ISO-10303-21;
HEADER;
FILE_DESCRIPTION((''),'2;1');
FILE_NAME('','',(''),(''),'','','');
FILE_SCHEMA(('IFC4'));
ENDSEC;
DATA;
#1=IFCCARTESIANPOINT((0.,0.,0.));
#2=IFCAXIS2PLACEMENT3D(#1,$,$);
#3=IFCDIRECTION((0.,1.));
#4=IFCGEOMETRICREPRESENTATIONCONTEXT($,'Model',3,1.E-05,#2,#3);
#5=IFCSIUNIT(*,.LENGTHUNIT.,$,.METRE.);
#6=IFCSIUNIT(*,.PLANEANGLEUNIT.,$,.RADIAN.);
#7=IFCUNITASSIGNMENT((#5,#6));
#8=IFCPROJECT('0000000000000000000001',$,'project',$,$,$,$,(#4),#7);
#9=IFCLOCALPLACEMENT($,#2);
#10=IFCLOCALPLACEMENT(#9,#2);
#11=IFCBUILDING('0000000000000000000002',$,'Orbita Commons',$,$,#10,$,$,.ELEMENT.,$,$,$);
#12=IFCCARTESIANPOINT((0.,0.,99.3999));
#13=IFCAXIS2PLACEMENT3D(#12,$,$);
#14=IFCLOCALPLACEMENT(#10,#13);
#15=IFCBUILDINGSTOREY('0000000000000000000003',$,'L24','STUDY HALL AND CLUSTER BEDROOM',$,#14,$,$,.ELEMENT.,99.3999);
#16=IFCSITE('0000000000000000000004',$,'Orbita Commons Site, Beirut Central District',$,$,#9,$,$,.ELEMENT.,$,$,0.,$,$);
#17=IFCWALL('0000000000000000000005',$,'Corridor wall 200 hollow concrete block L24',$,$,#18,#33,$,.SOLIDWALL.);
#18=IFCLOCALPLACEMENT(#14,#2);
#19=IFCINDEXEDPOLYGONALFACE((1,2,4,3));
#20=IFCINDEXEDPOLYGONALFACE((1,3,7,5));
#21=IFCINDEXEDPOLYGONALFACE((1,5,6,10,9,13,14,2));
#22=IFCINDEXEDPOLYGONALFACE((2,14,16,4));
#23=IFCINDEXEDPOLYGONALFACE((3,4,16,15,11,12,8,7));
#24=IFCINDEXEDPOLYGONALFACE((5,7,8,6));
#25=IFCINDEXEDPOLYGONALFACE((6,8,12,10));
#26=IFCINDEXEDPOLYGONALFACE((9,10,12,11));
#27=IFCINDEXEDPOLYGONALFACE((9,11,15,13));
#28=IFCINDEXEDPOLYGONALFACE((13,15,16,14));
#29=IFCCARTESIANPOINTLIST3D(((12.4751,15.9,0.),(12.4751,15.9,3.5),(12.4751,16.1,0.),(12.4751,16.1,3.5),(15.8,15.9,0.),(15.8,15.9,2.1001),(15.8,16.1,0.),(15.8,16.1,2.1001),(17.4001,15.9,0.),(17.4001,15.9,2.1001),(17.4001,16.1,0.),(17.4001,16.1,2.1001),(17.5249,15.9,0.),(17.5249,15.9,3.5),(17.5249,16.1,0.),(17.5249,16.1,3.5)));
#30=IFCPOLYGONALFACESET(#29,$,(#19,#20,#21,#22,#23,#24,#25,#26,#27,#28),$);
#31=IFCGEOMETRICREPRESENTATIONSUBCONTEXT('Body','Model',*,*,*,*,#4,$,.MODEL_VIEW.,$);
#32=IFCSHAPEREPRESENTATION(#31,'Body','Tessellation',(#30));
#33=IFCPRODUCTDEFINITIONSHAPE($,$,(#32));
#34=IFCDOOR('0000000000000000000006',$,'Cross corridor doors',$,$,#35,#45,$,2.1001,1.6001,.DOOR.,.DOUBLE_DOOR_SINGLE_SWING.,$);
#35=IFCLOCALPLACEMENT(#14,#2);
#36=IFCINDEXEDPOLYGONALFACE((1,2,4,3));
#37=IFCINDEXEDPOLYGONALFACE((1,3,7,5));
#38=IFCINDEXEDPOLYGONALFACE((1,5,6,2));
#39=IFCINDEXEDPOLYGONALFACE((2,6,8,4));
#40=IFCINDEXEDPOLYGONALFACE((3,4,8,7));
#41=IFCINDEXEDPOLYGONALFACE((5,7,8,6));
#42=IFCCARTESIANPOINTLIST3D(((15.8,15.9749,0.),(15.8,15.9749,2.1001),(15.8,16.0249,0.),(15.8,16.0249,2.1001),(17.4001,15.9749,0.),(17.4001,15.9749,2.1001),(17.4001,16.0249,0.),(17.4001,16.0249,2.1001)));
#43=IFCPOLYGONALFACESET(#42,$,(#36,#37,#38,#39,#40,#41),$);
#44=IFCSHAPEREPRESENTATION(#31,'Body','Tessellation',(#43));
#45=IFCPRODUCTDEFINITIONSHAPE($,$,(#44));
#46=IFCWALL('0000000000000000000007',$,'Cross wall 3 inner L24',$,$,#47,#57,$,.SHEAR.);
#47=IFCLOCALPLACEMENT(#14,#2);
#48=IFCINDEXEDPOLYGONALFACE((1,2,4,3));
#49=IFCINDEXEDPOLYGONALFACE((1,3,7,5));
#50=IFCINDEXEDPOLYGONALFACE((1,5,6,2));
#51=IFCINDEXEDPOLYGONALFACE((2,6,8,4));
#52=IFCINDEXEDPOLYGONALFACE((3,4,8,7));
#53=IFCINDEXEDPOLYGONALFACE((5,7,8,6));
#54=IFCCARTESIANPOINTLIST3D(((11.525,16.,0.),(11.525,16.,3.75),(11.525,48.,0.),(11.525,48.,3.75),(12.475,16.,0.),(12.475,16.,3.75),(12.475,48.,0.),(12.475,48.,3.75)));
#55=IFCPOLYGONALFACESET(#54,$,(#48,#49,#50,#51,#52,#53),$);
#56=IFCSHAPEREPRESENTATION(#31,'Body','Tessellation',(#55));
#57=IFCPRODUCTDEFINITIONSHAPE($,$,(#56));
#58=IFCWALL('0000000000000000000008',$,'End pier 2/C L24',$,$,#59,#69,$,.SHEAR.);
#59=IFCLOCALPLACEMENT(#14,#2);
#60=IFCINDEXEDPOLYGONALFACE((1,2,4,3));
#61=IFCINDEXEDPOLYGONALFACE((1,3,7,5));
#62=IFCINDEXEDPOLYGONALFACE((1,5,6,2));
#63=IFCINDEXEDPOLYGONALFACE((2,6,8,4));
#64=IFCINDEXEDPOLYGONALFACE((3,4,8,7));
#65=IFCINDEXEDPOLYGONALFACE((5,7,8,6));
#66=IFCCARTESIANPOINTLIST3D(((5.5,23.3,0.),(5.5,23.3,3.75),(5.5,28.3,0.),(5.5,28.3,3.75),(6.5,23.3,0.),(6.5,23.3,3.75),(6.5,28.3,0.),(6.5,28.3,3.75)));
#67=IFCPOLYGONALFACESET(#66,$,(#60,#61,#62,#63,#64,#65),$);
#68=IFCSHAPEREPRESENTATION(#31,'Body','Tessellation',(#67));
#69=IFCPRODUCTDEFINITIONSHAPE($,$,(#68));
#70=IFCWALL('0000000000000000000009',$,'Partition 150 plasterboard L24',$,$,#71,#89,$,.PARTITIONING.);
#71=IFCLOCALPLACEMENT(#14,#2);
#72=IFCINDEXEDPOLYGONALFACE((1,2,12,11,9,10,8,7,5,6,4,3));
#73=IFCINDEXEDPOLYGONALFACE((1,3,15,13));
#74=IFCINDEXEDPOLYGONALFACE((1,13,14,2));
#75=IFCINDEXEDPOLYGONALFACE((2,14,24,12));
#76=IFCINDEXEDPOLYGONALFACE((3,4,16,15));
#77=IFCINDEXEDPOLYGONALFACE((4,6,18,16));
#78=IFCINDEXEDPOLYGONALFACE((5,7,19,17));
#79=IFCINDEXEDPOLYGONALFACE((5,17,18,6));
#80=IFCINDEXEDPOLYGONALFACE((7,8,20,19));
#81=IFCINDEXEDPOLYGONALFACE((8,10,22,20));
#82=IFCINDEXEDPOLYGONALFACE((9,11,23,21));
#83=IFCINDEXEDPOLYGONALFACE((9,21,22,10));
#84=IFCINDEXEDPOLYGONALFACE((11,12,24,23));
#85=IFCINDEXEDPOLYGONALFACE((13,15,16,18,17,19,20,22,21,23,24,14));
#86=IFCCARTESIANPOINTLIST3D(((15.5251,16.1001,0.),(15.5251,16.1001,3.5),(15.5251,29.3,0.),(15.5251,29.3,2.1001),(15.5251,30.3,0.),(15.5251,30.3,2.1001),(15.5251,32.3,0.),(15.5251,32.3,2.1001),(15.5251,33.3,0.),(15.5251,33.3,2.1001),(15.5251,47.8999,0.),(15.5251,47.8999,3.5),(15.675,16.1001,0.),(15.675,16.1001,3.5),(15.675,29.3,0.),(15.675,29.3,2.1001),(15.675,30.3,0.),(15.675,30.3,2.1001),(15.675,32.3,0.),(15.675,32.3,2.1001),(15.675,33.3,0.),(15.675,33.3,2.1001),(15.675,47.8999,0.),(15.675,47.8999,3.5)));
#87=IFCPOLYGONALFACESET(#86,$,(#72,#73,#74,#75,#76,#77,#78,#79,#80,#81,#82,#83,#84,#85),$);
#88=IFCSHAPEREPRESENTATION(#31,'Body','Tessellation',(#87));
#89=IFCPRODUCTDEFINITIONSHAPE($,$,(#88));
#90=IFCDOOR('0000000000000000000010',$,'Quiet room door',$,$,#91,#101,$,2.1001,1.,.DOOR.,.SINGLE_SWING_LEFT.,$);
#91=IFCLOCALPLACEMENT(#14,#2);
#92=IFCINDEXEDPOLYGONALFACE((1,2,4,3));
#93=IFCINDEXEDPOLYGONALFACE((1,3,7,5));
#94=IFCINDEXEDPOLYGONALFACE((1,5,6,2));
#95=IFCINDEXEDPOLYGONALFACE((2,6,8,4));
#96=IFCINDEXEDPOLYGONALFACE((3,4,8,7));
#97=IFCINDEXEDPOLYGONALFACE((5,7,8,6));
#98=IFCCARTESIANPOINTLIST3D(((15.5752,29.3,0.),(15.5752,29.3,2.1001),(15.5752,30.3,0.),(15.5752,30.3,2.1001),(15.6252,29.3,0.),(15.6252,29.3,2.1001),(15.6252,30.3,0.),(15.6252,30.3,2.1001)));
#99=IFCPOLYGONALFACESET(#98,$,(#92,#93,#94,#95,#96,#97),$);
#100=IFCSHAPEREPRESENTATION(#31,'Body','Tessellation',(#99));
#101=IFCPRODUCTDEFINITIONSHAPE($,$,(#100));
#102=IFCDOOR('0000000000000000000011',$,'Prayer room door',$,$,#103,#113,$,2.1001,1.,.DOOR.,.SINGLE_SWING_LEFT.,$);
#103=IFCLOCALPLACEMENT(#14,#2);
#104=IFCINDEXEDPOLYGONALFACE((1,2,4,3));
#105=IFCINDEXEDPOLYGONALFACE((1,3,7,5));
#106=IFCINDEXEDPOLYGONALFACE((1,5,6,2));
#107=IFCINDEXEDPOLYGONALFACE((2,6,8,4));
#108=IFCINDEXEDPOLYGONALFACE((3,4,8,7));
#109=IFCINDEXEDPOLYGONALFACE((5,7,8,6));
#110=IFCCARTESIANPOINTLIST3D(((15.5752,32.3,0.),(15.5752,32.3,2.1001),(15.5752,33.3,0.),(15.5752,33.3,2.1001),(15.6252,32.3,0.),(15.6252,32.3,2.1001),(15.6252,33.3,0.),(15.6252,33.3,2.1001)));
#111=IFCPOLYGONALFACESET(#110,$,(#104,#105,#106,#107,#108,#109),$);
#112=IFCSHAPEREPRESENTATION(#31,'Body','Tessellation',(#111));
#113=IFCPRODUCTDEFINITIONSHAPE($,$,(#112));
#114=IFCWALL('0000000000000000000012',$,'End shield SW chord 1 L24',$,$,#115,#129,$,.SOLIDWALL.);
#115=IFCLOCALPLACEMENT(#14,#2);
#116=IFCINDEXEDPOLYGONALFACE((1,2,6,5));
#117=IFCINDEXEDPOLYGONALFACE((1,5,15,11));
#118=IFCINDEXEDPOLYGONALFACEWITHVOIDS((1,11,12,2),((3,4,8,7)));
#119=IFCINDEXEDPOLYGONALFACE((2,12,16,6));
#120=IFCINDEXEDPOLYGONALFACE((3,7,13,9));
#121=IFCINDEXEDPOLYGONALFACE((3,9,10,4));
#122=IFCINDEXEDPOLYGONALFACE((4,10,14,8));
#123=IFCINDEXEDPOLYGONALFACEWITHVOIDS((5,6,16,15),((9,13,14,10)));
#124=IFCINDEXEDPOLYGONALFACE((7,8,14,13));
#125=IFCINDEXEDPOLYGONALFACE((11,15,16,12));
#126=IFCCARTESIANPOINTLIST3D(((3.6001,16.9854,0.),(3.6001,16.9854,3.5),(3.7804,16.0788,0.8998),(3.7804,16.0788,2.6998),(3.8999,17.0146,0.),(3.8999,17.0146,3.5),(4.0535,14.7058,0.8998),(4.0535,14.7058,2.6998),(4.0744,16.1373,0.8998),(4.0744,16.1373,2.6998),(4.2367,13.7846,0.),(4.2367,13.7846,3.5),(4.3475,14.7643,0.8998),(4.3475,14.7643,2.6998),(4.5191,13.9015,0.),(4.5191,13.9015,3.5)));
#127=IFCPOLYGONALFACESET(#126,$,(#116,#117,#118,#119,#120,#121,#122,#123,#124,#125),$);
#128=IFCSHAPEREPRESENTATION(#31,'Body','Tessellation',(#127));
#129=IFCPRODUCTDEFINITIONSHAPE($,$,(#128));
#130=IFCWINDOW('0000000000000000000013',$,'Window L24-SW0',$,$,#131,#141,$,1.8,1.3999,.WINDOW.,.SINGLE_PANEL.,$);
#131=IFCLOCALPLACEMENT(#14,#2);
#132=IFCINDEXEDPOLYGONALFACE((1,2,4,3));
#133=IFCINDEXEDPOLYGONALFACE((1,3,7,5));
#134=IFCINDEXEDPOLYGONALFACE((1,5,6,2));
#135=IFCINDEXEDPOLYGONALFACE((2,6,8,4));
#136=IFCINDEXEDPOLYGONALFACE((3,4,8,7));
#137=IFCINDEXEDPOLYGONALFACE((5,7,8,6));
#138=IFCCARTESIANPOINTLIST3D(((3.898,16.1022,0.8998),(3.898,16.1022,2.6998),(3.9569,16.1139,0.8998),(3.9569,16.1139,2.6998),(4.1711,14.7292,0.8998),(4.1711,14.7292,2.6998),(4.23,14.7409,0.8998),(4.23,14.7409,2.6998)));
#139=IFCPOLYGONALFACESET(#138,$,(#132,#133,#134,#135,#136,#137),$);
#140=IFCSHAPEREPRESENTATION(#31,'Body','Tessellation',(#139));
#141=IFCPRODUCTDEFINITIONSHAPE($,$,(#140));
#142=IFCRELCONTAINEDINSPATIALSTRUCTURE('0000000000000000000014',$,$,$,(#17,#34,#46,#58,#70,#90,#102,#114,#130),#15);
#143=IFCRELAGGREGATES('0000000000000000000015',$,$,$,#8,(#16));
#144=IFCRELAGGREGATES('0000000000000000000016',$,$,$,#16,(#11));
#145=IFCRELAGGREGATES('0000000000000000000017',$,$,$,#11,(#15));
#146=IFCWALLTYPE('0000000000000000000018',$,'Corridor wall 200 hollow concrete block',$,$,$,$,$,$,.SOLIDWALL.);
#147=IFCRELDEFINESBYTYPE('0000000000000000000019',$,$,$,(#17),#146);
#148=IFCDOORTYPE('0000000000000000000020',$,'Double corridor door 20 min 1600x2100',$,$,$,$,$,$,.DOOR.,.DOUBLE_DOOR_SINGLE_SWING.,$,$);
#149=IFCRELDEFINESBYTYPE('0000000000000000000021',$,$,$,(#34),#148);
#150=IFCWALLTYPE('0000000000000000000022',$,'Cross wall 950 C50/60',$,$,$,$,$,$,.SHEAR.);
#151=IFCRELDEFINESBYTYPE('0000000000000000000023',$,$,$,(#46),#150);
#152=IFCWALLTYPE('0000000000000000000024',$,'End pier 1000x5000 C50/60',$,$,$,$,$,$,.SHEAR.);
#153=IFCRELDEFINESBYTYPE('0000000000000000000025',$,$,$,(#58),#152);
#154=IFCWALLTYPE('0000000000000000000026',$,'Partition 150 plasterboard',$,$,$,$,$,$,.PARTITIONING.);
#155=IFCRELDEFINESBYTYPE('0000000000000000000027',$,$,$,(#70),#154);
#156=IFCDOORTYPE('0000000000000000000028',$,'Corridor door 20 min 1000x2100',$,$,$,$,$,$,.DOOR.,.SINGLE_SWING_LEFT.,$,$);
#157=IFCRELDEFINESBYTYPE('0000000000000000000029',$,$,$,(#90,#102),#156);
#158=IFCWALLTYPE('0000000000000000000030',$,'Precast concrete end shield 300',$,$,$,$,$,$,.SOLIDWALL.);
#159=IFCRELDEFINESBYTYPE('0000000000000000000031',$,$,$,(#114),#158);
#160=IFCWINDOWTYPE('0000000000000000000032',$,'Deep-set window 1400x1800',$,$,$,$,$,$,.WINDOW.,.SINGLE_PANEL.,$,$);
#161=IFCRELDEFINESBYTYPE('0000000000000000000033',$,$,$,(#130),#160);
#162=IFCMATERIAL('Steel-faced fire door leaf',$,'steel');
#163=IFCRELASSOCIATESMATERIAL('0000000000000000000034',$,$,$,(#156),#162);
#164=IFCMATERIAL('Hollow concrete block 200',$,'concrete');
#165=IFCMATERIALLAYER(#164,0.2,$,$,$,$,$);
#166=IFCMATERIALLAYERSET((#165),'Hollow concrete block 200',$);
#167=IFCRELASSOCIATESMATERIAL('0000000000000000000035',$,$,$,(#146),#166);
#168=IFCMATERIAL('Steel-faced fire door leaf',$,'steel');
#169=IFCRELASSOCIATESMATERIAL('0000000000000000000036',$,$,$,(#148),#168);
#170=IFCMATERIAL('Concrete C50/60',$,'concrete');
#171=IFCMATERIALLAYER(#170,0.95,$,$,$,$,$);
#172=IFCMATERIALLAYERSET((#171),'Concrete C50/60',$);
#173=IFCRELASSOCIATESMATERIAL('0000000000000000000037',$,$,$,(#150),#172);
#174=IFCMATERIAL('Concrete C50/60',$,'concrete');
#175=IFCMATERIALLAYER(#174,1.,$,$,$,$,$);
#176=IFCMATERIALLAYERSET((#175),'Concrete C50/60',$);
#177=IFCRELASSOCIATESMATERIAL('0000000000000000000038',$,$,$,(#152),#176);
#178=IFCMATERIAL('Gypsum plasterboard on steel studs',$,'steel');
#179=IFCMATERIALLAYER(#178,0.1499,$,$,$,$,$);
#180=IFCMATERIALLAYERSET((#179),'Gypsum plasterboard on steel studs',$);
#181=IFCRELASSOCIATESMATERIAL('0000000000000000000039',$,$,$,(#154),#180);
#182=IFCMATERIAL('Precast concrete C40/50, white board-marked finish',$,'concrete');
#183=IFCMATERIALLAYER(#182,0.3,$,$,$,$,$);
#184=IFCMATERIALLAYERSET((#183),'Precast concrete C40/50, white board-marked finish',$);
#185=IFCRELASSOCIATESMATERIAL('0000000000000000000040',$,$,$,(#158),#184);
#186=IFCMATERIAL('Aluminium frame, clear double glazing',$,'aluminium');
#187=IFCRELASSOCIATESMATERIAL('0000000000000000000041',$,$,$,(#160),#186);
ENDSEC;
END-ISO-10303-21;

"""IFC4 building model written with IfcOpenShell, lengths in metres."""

from ifc_helpers import new_model, si_unit, direction, frame, frame_2d, origin, place, context, subcontext, project, spatial, polyline, rectangle, outline, extrude, material, layer, layer_set, type_object, element, fill, save


model = new_model("IFC4")

# Units and contexts
model_context = context("Model", 3, precision=1e-05, world=origin(), true_north=direction((0.0, 1.0)))
body_context = subcontext(model_context, "Body", "Model", "MODEL_VIEW")
ifc_project = project(units=[si_unit("LENGTHUNIT", "METRE"), si_unit("PLANEANGLEUNIT", "RADIAN")], contexts=[model_context])

# Site, building, storey
site_placement = place(None, origin())
site = spatial("IfcSite", under=ifc_project, at=site_placement, Name="Orbita Commons Site, Beirut Central District", CompositionType="ELEMENT", RefElevation=0.0)
building_placement = place(site_placement, origin())
building = spatial("IfcBuilding", under=site, at=building_placement, Name="Orbita Commons", CompositionType="ELEMENT")
storey_placement = place(building_placement, frame((0.0, 0.0, 99.3999)))
storey = spatial("IfcBuildingStorey", under=building, at=storey_placement, Name="L24", Description="STUDY HALL AND CLUSTER BEDROOM", CompositionType="ELEMENT", Elevation=99.3999)

# Wall, opening, door
ifc_material_1 = material(Name="Steel-faced fire door leaf", Category="steel")
door_type_1 = type_object("IfcDoorType", Name="Corridor door 20 min 1000x2100", OperationType="SINGLE_SWING_LEFT", PredefinedType="DOOR", material=ifc_material_1)
ifc_material_2 = material(Name="Hollow concrete block 200", Category="concrete")
ifc_layer_1 = layer(ifc_material_2, 0.2)
ifc_layer_set_1 = layer_set([ifc_layer_1], Name="Hollow concrete block 200")
wall_type_1 = type_object("IfcWallType", Name="Corridor wall 200 hollow concrete block", PredefinedType="SOLIDWALL", material=ifc_layer_set_1)
wall_1_placement = place(storey_placement, frame((12.4751, 16.0, 0.0), z_axis=(0.0, 0.0, 1.0), x_axis=(1.0, 0.0, 0.0)))
wall_1 = element("IfcWall", 1, at=wall_1_placement, inside=storey, type_object=wall_type_1, Name="Corridor wall 200 hollow concrete block L24", PredefinedType="SOLIDWALL", context=body_context, shape_type="SweptSolid", body=[
    extrude(rectangle(XDim=5.0498, YDim=0.2, at=frame_2d((2.5249, 0.0))), origin(), (0.0, 0.0, 1.0), 3.5),
])
opening_1_placement = place(wall_1_placement, frame((3.325, 0.0, 0.0)))
opening_1 = element("IfcOpeningElement", 2, at=opening_1_placement, cuts=wall_1, PredefinedType="OPENING", context=body_context, shape_type="SweptSolid", body=[
    extrude(rectangle(XDim=1.6001, YDim=2.1001, at=frame_2d((0.8, 1.05))), frame((0.0, 0.1099, 0.0), z_axis=(0.0, -1.0, 0.0), x_axis=(1.0, 0.0, 0.0)), (0.0, 0.0, 1.0), 0.22),
])
ifc_material_3 = material(Name="Steel-faced fire door leaf", Category="steel")
door_type_2 = type_object("IfcDoorType", Name="Double corridor door 20 min 1600x2100", OperationType="DOUBLE_DOOR_SINGLE_SWING", PredefinedType="DOOR", material=ifc_material_3)
door_1_placement = place(opening_1_placement, origin())
door_1 = element("IfcDoor", 3, at=door_1_placement, inside=storey, type_object=door_type_2, Name="Cross corridor doors", OperationType="DOUBLE_DOOR_SINGLE_SWING", OverallHeight=2.1001, OverallWidth=1.6001, PredefinedType="DOOR", context=body_context, shape_type="SweptSolid", body=[
    extrude(rectangle(XDim=1.6001, YDim=2.1001, at=frame_2d((0.8, 1.05))), frame((0.0, 0.0249, 0.0), z_axis=(0.0, -1.0, 0.0), x_axis=(1.0, 0.0, 0.0)), (0.0, 0.0, 1.0), 0.05),
])
fill(opening_1, door_1)

# Walls
ifc_material_4 = material(Name="Concrete C50/60", Category="concrete")
ifc_layer_2 = layer(ifc_material_4, 0.95)
ifc_layer_set_2 = layer_set([ifc_layer_2], Name="Concrete C50/60")
wall_type_2 = type_object("IfcWallType", Name="Cross wall 950 C50/60", PredefinedType="SHEAR", material=ifc_layer_set_2)
wall_2_placement = place(storey_placement, frame((12.0, 16.0, 0.0), z_axis=(0.0, 0.0, 1.0), x_axis=(0.0, 1.0, 0.0)))
element("IfcWall", 4, at=wall_2_placement, inside=storey, type_object=wall_type_2, Name="Cross wall 3 inner L24", PredefinedType="SHEAR", context=body_context, shape_type="SweptSolid", body=[
    extrude(rectangle(XDim=32.0, YDim=0.95, at=frame_2d((16.0, 0.0))), origin(), (0.0, 0.0, 1.0), 3.75),
])
ifc_material_5 = material(Name="Concrete C50/60", Category="concrete")
ifc_layer_3 = layer(ifc_material_5, 1.0)
ifc_layer_set_3 = layer_set([ifc_layer_3], Name="Concrete C50/60")
wall_type_3 = type_object("IfcWallType", Name="End pier 1000x5000 C50/60", PredefinedType="SHEAR", material=ifc_layer_set_3)
wall_3_placement = place(storey_placement, frame((6.0, 23.3, 0.0), z_axis=(0.0, 0.0, 1.0), x_axis=(0.0, 1.0, 0.0)))
element("IfcWall", 5, at=wall_3_placement, inside=storey, type_object=wall_type_3, Name="End pier 2/C L24", PredefinedType="SHEAR", context=body_context, shape_type="SweptSolid", body=[
    extrude(rectangle(XDim=5.0, YDim=1.0, at=frame_2d((2.5, 0.0))), origin(), (0.0, 0.0, 1.0), 3.75),
])

# Wall, openings, doors
ifc_material_6 = material(Name="Gypsum plasterboard on steel studs", Category="steel")
ifc_layer_4 = layer(ifc_material_6, 0.1499)
ifc_layer_set_4 = layer_set([ifc_layer_4], Name="Gypsum plasterboard on steel studs")
wall_type_4 = type_object("IfcWallType", Name="Partition 150 plasterboard", PredefinedType="PARTITIONING", material=ifc_layer_set_4)
wall_4_placement = place(storey_placement, frame((15.6001, 16.1001, 0.0), z_axis=(0.0, 0.0, 1.0), x_axis=(0.0, 1.0, 0.0)))
wall_4 = element("IfcWall", 6, at=wall_4_placement, inside=storey, type_object=wall_type_4, Name="Partition 150 plasterboard L24", PredefinedType="PARTITIONING", context=body_context, shape_type="SweptSolid", body=[
    extrude(rectangle(XDim=31.7998, YDim=0.1499, at=frame_2d((15.8999, 0.0))), origin(), (0.0, 0.0, 1.0), 3.5),
])
opening_2_placement = place(wall_4_placement, frame((13.2, 0.0, 0.0)))
opening_2 = element("IfcOpeningElement", 7, at=opening_2_placement, cuts=wall_4, PredefinedType="OPENING", context=body_context, shape_type="SweptSolid", body=[
    extrude(rectangle(XDim=1.0, YDim=2.1001, at=frame_2d((0.5, 1.05))), frame((0.0, 0.085, 0.0), z_axis=(0.0, -1.0, 0.0), x_axis=(1.0, 0.0, 0.0)), (0.0, 0.0, 1.0), 0.1699),
])
opening_3_placement = place(wall_4_placement, frame((16.2, 0.0, 0.0)))
opening_3 = element("IfcOpeningElement", 8, at=opening_3_placement, cuts=wall_4, PredefinedType="OPENING", context=body_context, shape_type="SweptSolid", body=[
    extrude(rectangle(XDim=1.0, YDim=2.1001, at=frame_2d((0.5, 1.05))), frame((0.0, 0.085, 0.0), z_axis=(0.0, -1.0, 0.0), x_axis=(1.0, 0.0, 0.0)), (0.0, 0.0, 1.0), 0.1699),
])
door_2_placement = place(opening_2_placement, origin())
door_2 = element("IfcDoor", 9, at=door_2_placement, inside=storey, type_object=door_type_1, Name="Quiet room door", OperationType="SINGLE_SWING_LEFT", OverallHeight=2.1001, OverallWidth=1.0, PredefinedType="DOOR", context=body_context, shape_type="SweptSolid", body=[
    extrude(rectangle(XDim=1.0, YDim=2.1001, at=frame_2d((0.5, 1.05))), frame((0.0, 0.0249, 0.0), z_axis=(0.0, -1.0, 0.0), x_axis=(1.0, 0.0, 0.0)), (0.0, 0.0, 1.0), 0.05),
])
fill(opening_2, door_2)
door_3_placement = place(opening_3_placement, origin())
door_3 = element("IfcDoor", 10, at=door_3_placement, inside=storey, type_object=door_type_1, Name="Prayer room door", OperationType="SINGLE_SWING_LEFT", OverallHeight=2.1001, OverallWidth=1.0, PredefinedType="DOOR", context=body_context, shape_type="SweptSolid", body=[
    extrude(rectangle(XDim=1.0, YDim=2.1001, at=frame_2d((0.5, 1.05))), frame((0.0, 0.0249, 0.0), z_axis=(0.0, -1.0, 0.0), x_axis=(1.0, 0.0, 0.0)), (0.0, 0.0, 1.0), 0.05),
])
fill(opening_3, door_3)

# Wall, opening, window
ifc_material_7 = material(Name="Precast concrete C40/50, white board-marked finish", Category="concrete")
ifc_layer_5 = layer(ifc_material_7, 0.3)
ifc_layer_set_5 = layer_set([ifc_layer_5], Name="Precast concrete C40/50, white board-marked finish")
wall_type_5 = type_object("IfcWallType", Name="Precast concrete end shield 300", PredefinedType="SOLIDWALL", material=ifc_layer_set_5)
wall_5_placement = place(storey_placement, frame((3.75, 17.0, 0.0), z_axis=(0.0, 0.0, 1.0), x_axis=(0.19508, -0.980787, 0.0)))
wall_5 = element("IfcWall", 11, at=wall_5_placement, inside=storey, type_object=wall_type_5, Name="End shield SW chord 1 L24", PredefinedType="SOLIDWALL", context=body_context, shape_type="SweptSolid", body=[
    extrude(outline(polyline([(-0.0149, -0.1499), (3.2485, -0.1499), (3.189, 0.1499), (0.0149, 0.1499), (-0.0149, -0.1499)])), origin(), (0.0, 0.0, 1.0), 3.5),
])
opening_4_placement = place(wall_5_placement, frame((0.9094, 0.0, 0.8999)))
opening_4 = element("IfcOpeningElement", 12, at=opening_4_placement, cuts=wall_5, PredefinedType="OPENING", context=body_context, shape_type="SweptSolid", body=[
    extrude(rectangle(XDim=1.3999, YDim=1.8, at=frame_2d((0.7, 0.8999))), frame((0.0, 0.1599, 0.0), z_axis=(0.0, -1.0, 0.0), x_axis=(1.0, 0.0, 0.0)), (0.0, 0.0, 1.0), 0.3201),
])
ifc_material_8 = material(Name="Aluminium frame, clear double glazing", Category="aluminium")
window_type = type_object("IfcWindowType", Name="Deep-set window 1400x1800", PartitioningType="SINGLE_PANEL", PredefinedType="WINDOW", material=ifc_material_8)
window_1_placement = place(opening_4_placement, origin())
window_1 = element("IfcWindow", 13, at=window_1_placement, inside=storey, type_object=window_type, Name="Window L24-SW0", OverallHeight=1.8, OverallWidth=1.3999, PartitioningType="SINGLE_PANEL", PredefinedType="WINDOW", context=body_context, shape_type="SweptSolid", body=[
    extrude(rectangle(XDim=1.3999, YDim=1.8, at=frame_2d((0.7, 0.8999))), frame((0.0, 0.03, 0.0), z_axis=(0.0, -1.0, 0.0), x_axis=(1.0, 0.0, 0.0)), (0.0, 0.0, 1.0), 0.0601),
])
fill(opening_4, window_1)

save(model, "model.ifc")
